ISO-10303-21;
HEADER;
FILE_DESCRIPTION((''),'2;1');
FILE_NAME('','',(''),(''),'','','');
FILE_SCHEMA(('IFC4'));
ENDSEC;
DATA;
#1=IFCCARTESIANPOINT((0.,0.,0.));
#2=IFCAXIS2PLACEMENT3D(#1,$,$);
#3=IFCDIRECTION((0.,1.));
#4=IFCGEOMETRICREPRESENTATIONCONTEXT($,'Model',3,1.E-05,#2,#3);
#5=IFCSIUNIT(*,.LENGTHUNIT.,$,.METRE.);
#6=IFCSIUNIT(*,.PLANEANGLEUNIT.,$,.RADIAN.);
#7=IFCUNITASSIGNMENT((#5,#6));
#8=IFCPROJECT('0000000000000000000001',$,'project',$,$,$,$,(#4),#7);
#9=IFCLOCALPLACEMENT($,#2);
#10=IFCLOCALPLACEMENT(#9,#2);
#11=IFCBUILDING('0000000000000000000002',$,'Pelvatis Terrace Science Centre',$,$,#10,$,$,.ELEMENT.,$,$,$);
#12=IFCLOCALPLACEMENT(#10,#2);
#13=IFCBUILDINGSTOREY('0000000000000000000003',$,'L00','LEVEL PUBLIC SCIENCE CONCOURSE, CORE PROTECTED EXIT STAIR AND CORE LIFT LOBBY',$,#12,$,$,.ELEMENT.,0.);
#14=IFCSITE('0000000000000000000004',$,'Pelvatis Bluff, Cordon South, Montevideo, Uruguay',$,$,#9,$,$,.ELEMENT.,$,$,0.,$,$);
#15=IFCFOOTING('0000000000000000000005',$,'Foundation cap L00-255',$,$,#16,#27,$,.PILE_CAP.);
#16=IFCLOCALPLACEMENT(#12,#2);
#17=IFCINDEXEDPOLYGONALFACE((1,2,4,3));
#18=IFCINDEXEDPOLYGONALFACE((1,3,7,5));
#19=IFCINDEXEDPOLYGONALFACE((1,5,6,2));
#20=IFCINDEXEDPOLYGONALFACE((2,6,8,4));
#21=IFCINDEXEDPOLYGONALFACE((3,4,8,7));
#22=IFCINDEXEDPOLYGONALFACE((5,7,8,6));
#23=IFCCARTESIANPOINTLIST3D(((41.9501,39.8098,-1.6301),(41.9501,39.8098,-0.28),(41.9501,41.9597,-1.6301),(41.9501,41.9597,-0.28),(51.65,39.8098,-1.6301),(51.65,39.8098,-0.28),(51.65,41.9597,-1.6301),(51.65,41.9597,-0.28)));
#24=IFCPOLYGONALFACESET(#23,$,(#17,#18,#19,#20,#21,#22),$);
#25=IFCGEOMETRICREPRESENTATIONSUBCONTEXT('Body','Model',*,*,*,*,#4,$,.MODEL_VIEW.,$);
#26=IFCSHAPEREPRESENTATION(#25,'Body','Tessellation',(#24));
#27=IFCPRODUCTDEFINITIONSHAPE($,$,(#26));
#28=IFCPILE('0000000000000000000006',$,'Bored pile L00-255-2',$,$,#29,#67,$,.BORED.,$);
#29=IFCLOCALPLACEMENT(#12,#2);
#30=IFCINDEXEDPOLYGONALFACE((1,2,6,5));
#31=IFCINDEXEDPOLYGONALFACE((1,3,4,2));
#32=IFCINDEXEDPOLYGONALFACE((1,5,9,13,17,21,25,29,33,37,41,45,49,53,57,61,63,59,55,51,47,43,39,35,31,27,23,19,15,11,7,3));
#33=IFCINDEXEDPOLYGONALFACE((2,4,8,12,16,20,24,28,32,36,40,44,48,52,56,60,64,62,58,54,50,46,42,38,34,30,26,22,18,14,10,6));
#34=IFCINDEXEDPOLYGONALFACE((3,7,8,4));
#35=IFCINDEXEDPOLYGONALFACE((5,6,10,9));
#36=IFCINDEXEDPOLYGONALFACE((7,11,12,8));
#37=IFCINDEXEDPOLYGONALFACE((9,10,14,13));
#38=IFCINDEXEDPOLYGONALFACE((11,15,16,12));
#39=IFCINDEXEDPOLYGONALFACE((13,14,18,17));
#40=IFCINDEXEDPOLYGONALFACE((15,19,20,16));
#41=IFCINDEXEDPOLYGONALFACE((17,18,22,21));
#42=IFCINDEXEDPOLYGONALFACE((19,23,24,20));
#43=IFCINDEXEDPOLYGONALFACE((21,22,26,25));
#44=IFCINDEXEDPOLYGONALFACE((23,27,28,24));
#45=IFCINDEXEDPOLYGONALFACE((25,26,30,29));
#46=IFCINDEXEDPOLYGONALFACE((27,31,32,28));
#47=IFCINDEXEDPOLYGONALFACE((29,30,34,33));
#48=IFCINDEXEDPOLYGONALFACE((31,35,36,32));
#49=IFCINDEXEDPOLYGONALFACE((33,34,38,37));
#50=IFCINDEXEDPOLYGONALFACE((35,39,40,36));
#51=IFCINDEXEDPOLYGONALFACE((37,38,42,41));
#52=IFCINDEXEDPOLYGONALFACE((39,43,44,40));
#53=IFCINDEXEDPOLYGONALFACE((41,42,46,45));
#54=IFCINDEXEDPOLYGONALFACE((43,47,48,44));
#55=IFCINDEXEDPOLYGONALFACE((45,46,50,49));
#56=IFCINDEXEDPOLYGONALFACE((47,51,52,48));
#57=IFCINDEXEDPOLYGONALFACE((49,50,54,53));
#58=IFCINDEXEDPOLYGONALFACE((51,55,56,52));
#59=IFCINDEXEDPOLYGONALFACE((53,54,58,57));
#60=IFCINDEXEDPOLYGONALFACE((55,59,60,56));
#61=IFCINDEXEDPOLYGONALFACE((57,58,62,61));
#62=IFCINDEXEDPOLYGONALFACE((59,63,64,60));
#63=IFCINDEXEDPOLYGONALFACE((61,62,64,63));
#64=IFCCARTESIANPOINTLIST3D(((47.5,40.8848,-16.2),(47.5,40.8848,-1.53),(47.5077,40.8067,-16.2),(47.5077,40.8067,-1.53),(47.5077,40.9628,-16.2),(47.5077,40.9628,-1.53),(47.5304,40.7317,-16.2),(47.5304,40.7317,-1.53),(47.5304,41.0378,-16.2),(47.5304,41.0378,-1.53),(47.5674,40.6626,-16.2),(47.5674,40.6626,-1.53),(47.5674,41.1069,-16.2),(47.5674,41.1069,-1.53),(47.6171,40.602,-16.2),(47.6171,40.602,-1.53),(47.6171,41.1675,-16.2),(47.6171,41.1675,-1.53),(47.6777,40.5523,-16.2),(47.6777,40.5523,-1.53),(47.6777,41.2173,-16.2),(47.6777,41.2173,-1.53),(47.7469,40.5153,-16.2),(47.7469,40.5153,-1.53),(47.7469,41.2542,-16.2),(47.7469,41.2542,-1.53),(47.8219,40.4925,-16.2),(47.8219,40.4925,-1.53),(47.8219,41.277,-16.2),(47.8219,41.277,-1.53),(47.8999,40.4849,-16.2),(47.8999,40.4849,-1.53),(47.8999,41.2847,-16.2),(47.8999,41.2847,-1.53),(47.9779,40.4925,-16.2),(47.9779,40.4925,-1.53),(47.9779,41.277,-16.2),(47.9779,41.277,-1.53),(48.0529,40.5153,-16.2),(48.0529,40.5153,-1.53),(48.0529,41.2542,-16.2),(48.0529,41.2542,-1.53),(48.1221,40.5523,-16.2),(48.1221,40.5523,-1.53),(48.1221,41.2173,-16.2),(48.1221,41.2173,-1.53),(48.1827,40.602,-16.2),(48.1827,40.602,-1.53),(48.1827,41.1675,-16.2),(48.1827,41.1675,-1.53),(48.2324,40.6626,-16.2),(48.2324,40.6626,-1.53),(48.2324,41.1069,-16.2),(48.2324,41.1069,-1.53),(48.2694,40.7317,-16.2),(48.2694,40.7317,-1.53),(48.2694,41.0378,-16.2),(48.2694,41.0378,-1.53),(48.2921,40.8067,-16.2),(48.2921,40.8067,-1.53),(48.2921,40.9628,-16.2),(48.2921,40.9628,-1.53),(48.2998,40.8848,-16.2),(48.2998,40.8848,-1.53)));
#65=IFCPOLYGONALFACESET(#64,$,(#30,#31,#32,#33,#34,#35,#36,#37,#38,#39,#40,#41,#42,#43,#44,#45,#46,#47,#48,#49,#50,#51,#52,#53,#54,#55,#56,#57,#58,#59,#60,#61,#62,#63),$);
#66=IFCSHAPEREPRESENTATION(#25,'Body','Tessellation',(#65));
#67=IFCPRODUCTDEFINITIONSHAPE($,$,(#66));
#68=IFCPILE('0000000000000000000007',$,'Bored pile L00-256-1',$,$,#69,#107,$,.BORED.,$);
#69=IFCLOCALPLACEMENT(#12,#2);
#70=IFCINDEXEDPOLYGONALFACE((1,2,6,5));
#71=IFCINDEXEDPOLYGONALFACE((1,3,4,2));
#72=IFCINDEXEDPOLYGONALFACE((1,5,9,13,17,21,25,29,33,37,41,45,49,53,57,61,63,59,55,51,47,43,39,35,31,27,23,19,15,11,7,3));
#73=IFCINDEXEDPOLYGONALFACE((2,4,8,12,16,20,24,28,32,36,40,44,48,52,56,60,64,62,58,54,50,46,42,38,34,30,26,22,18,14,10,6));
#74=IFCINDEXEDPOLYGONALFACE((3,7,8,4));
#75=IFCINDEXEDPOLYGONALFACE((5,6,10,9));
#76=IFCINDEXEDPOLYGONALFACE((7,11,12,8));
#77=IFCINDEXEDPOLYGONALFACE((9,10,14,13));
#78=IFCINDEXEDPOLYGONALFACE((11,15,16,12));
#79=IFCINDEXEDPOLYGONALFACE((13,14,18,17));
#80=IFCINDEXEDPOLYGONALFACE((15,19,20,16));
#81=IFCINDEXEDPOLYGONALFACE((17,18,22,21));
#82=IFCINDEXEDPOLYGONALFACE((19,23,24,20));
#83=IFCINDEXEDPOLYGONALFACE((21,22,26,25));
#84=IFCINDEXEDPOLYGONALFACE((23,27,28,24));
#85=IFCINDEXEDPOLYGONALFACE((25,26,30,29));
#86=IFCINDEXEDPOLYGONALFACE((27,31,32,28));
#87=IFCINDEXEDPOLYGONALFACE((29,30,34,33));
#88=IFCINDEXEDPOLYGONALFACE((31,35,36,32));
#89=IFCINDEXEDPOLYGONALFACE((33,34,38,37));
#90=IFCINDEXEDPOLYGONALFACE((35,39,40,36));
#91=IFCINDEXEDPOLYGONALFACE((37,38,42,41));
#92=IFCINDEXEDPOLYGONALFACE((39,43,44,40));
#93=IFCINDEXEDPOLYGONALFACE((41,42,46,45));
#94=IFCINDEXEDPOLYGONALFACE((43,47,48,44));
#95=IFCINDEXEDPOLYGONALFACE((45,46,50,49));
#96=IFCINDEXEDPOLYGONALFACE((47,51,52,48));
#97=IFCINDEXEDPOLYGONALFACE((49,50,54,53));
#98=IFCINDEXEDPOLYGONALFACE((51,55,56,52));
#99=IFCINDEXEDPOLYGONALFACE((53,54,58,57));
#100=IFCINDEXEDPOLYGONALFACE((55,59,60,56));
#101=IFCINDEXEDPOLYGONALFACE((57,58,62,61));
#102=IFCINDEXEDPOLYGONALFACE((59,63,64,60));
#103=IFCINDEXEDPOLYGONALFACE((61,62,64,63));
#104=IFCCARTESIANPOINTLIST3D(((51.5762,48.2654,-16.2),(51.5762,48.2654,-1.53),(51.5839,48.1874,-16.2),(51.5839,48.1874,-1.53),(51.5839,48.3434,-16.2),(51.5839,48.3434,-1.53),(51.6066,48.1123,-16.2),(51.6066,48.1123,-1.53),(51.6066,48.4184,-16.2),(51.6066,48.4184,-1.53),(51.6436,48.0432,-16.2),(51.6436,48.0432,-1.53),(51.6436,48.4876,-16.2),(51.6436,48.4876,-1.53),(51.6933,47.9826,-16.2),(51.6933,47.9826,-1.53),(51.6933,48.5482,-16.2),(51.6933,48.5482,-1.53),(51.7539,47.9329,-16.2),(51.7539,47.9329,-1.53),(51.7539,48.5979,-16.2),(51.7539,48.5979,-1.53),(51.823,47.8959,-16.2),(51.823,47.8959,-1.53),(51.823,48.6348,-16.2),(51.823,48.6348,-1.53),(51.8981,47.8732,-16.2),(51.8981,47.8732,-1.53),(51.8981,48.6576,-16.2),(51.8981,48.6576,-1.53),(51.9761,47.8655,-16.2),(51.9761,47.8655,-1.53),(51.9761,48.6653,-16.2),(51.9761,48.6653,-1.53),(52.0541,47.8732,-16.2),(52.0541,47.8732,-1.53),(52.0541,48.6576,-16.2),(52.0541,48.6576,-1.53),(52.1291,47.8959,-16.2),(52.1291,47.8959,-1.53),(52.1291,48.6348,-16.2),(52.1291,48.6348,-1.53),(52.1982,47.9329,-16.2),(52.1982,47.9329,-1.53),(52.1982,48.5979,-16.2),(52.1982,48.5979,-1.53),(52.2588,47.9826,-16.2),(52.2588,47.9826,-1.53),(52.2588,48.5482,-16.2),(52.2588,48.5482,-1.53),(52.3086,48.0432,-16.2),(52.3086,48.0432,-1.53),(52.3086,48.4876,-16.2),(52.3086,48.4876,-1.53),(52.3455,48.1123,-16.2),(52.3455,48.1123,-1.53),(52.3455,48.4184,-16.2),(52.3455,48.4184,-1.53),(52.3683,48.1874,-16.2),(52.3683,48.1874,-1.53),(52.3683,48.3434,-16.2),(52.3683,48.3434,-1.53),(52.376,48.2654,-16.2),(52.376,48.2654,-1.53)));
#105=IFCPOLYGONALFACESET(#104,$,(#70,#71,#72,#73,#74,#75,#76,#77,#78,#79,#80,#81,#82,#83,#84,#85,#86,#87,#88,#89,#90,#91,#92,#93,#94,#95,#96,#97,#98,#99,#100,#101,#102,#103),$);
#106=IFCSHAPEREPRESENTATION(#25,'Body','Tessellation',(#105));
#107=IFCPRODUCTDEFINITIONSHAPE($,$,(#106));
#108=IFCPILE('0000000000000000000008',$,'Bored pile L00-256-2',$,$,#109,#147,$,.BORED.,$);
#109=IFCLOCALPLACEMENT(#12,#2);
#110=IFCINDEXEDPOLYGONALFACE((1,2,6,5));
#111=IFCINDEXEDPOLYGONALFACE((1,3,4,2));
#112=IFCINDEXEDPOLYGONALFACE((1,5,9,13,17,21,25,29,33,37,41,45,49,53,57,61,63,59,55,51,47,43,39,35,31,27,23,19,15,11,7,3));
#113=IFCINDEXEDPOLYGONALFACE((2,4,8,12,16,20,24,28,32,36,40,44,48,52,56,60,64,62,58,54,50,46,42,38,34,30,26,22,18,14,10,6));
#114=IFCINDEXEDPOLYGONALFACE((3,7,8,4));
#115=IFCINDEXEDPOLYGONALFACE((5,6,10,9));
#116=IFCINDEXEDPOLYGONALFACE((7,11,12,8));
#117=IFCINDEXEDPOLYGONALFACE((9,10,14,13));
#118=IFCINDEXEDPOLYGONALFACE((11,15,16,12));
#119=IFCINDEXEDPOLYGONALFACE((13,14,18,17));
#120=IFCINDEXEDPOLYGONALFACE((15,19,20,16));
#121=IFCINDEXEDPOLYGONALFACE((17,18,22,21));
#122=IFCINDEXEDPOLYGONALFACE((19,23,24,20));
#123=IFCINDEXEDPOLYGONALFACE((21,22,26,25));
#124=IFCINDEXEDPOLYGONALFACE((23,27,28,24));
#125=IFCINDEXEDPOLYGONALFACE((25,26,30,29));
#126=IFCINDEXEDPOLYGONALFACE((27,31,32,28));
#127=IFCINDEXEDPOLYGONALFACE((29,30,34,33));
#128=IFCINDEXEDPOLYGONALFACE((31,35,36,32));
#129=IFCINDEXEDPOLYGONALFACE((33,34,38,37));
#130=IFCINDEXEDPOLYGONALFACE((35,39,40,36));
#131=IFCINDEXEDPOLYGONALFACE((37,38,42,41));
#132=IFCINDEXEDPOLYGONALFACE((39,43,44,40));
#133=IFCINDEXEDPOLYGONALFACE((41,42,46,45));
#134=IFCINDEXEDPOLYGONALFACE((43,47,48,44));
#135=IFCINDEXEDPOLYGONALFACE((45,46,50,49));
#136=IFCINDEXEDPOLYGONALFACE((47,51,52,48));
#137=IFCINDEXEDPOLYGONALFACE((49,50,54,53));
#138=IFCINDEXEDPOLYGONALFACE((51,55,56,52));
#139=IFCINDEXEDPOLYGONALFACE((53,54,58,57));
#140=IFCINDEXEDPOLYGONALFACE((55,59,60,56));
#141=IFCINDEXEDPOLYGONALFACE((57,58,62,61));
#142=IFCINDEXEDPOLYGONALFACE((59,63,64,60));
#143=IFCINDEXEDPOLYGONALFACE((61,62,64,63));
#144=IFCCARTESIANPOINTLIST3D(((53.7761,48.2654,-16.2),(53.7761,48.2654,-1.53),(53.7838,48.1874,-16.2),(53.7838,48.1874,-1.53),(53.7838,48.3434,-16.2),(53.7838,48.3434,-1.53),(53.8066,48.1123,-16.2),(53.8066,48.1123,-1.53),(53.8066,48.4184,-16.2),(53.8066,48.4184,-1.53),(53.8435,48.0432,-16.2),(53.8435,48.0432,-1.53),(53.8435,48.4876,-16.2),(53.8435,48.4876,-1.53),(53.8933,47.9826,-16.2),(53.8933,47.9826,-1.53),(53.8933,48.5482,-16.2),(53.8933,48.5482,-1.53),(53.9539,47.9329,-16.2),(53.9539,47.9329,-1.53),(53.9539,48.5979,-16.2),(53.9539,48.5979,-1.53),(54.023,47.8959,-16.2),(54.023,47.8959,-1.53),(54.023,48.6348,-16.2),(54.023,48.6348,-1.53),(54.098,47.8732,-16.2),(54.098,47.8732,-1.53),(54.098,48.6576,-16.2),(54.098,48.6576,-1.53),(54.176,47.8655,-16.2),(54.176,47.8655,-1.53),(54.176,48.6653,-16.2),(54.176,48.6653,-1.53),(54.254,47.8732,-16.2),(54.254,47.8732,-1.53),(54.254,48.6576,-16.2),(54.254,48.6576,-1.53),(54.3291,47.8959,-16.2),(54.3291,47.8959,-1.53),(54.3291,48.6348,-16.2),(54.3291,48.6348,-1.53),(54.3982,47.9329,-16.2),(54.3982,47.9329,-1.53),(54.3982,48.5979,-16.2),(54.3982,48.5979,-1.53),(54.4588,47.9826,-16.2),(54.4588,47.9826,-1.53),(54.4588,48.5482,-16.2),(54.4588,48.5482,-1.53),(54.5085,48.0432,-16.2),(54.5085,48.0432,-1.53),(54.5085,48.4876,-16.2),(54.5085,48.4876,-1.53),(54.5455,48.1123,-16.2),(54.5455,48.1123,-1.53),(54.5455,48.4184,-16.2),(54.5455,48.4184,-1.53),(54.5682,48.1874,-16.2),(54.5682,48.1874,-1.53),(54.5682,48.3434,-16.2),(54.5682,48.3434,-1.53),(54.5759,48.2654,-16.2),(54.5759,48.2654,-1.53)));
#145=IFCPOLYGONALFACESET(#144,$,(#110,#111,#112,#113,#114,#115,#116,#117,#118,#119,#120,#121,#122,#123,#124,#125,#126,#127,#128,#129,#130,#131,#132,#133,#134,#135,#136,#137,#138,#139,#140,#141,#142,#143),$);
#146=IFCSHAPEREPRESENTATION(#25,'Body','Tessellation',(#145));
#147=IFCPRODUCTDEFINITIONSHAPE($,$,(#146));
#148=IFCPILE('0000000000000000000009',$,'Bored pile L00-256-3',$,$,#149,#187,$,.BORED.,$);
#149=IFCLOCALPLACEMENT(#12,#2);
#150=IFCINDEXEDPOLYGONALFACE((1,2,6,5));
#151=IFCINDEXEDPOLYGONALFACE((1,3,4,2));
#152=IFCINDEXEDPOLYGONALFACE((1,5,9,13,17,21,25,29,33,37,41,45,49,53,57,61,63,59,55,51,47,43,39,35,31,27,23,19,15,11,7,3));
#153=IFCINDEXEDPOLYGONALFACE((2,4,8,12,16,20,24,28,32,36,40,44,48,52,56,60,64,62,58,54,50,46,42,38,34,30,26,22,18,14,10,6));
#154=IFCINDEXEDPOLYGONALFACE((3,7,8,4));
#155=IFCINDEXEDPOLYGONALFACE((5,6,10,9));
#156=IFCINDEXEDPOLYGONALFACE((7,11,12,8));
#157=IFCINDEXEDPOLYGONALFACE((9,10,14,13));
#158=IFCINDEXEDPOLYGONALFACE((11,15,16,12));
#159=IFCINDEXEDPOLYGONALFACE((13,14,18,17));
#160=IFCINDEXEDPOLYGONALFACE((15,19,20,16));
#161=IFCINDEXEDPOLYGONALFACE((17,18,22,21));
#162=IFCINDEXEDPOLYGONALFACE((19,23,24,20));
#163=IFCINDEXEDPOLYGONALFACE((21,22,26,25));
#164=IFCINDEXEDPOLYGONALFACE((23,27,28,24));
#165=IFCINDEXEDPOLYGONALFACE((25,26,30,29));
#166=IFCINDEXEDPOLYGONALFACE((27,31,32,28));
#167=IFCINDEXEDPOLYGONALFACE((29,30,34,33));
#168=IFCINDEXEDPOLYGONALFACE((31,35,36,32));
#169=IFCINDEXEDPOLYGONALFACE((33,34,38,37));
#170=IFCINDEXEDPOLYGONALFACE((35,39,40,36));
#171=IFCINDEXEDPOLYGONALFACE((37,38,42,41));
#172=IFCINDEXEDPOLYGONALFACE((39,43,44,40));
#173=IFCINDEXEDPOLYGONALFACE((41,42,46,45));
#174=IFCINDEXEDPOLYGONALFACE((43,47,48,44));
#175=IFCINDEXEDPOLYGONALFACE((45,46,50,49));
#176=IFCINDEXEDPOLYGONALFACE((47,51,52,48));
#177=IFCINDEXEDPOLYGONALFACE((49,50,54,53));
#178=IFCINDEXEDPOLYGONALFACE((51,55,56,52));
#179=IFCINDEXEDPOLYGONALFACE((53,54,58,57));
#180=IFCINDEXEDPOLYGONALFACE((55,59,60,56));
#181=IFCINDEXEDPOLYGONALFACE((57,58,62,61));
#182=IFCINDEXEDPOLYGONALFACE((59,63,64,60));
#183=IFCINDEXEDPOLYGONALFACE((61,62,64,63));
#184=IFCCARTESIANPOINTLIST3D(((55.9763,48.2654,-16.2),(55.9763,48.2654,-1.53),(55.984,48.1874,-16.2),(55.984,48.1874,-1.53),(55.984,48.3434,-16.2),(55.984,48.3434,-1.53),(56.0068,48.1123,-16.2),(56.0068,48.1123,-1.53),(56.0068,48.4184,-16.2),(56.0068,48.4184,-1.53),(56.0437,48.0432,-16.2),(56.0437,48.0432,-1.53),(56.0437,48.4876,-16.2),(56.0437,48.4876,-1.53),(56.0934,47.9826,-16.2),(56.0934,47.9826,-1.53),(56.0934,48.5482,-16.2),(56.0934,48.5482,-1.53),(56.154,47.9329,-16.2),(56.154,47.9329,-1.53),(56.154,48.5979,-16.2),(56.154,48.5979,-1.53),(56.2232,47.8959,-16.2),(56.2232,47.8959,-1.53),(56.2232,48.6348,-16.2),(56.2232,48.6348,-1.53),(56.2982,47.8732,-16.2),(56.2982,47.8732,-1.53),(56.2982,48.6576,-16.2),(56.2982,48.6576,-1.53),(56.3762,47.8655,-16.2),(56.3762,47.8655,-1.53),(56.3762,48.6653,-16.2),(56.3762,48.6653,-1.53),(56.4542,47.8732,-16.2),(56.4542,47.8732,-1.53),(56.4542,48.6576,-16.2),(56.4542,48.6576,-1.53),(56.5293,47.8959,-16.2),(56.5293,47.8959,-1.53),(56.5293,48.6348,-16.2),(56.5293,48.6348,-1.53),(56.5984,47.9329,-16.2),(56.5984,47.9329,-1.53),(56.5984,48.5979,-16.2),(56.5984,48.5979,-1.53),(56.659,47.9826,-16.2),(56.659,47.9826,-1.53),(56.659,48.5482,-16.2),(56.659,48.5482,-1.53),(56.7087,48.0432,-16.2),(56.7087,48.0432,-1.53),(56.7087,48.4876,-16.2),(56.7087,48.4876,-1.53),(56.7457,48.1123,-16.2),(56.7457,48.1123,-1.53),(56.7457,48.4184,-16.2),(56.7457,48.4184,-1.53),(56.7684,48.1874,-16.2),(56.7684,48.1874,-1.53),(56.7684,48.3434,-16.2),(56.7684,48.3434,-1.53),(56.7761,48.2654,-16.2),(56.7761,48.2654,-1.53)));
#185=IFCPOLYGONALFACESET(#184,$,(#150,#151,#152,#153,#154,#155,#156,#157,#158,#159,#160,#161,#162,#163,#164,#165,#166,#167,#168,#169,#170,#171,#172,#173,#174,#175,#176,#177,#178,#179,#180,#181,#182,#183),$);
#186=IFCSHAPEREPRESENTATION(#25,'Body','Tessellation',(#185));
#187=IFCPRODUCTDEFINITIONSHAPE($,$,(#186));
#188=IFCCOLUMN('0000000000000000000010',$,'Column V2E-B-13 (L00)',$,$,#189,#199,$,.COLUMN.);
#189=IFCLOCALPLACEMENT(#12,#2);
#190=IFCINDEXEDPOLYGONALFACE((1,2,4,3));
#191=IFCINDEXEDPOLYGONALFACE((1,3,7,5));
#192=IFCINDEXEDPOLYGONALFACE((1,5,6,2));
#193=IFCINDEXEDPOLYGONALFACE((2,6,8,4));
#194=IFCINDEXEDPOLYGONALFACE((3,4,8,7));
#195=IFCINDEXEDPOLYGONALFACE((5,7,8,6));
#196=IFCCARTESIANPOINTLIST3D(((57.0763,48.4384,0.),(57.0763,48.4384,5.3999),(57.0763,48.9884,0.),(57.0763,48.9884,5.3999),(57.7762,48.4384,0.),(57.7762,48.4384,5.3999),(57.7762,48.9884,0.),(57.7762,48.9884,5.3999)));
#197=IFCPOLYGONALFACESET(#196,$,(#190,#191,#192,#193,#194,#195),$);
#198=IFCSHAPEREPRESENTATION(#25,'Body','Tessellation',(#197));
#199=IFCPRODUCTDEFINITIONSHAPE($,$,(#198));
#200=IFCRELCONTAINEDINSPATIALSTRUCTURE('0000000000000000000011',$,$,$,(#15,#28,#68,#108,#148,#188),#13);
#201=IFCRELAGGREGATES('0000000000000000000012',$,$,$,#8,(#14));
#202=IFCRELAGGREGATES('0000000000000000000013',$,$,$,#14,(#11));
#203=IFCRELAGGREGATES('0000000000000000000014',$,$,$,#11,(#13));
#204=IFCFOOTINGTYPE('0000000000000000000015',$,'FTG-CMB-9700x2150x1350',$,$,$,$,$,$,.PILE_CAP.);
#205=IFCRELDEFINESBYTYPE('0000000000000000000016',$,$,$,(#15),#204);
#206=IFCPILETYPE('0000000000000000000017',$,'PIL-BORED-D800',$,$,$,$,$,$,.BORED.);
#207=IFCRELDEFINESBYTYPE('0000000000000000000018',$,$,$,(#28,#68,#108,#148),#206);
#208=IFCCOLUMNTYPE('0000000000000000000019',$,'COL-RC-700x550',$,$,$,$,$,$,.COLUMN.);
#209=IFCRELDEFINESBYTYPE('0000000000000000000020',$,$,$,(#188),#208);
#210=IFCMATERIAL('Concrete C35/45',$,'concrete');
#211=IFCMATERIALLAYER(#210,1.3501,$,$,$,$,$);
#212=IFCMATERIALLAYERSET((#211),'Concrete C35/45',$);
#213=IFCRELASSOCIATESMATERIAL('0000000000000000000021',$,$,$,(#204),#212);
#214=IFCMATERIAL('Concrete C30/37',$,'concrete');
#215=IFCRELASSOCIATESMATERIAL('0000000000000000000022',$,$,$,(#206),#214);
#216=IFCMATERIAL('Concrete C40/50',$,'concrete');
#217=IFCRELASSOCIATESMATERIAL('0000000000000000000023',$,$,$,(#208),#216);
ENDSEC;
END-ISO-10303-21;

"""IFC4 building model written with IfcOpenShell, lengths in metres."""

from ifc_helpers import new_model, si_unit, direction, frame, origin, origin_2d, place, context, subcontext, project, spatial, rectangle, circle, extrude, material, layer, layer_set, material_profile, profile_set, type_object, element, save


model = new_model("IFC4")

# Units and contexts
model_context = context("Model", 3, precision=1e-05, world=origin(), true_north=direction((0.0, 1.0)))
body_context = subcontext(model_context, "Body", "Model", "MODEL_VIEW")
ifc_project = project(units=[si_unit("LENGTHUNIT", "METRE"), si_unit("PLANEANGLEUNIT", "RADIAN")], contexts=[model_context])

# Site, building, storey
site_placement = place(None, origin())
site = spatial("IfcSite", under=ifc_project, at=site_placement, Name="Pelvatis Bluff, Cordon South, Montevideo, Uruguay", CompositionType="ELEMENT", RefElevation=0.0)
building_placement = place(site_placement, origin())
building = spatial("IfcBuilding", under=site, at=building_placement, Name="Pelvatis Terrace Science Centre", CompositionType="ELEMENT")
storey_placement = place(building_placement, origin())
storey = spatial("IfcBuildingStorey", under=building, at=storey_placement, Name="L00", Description="LEVEL PUBLIC SCIENCE CONCOURSE, CORE PROTECTED EXIT STAIR AND CORE LIFT LOBBY", CompositionType="ELEMENT", Elevation=0.0)

# Footing
ifc_material_1 = material(Name="Concrete C35/45", Category="concrete")
ifc_layer = layer(ifc_material_1, 1.3501)
ifc_layer_set = layer_set([ifc_layer], Name="Concrete C35/45")
footing_type = type_object("IfcFootingType", Name="FTG-CMB-9700x2150x1350", PredefinedType="PILE_CAP", material=ifc_layer_set)
footing_placement = place(storey_placement, frame((46.8, 40.8848, -1.6301), z_axis=(0.0, 0.0, 1.0), x_axis=(1.0, 0.0, 0.0)))
element("IfcFooting", 1, at=footing_placement, inside=storey, type_object=footing_type, Name="Foundation cap L00-255", PredefinedType="PILE_CAP", context=body_context, shape_type="SweptSolid", body=[
    extrude(rectangle(XDim=9.7, YDim=2.1499, at=origin_2d()), origin(), (0.0, 0.0, 1.0), 1.3501),
])

# Piles
ifc_material_2 = material(Name="Concrete C30/37", Category="concrete")
ifc_material_profile_1 = material_profile(ifc_material_2, circle(Radius=0.3999, at=origin_2d()), Name="PILE D800")
ifc_profile_set_1 = profile_set([ifc_material_profile_1], Name="Concrete C30/37")
pile_type = type_object("IfcPileType", Name="PIL-BORED-D800", PredefinedType="BORED", material=ifc_profile_set_1)
for number, where, z_axis, x_axis, name in (
    (2, (47.8999, 40.8848, -1.53), (0.0, 0.0, -1.0), (1.0, 0.0, 0.0), "Bored pile L00-255-2"),
    (3, (51.9761, 48.2654, -1.53), (0.0, 0.0, -1.0), (1.0, 0.0, 0.0), "Bored pile L00-256-1"),
    (4, (54.176, 48.2654, -1.53), (0.0, 0.0, -1.0), (1.0, 0.0, 0.0), "Bored pile L00-256-2"),
    (5, (56.3762, 48.2654, -1.53), (0.0, 0.0, -1.0), (1.0, 0.0, 0.0), "Bored pile L00-256-3"),
):
    element("IfcPile", number, at=place(storey_placement, frame(where, z_axis=z_axis, x_axis=x_axis)), inside=storey, type_object=pile_type, Name=name, PredefinedType="BORED", context=body_context, shape_type="SweptSolid", body=[
        extrude(circle(Radius=0.3999, at=origin_2d()), origin(), (0.0, 0.0, 1.0), 14.6699),
    ])

# Column
ifc_material_3 = material(Name="Concrete C40/50", Category="concrete")
ifc_material_profile_2 = material_profile(ifc_material_3, rectangle(XDim=0.7, YDim=0.55, at=origin_2d()), Name="RC-COL 700x550")
ifc_profile_set_2 = profile_set([ifc_material_profile_2], Name="Concrete C40/50")
column_type_1 = type_object("IfcColumnType", Name="COL-RC-700x550", PredefinedType="COLUMN", material=ifc_profile_set_2)
for number, where, z_axis, x_axis, name in (
    (6, (57.4263, 48.7134, 0.0), (0.0, 0.0, 1.0), (1.0, 0.0, 0.0), "Column V2E-B-13 (L00)"),
):
    element("IfcColumn", number, at=place(storey_placement, frame(where, z_axis=z_axis, x_axis=x_axis)), inside=storey, type_object=column_type_1, Name=name, PredefinedType="COLUMN", context=body_context, shape_type="SweptSolid", body=[
        extrude(rectangle(XDim=0.7, YDim=0.55, at=origin_2d()), origin(), (0.0, 0.0, 1.0), 5.3999),
    ])

save(model, "model.ifc")
